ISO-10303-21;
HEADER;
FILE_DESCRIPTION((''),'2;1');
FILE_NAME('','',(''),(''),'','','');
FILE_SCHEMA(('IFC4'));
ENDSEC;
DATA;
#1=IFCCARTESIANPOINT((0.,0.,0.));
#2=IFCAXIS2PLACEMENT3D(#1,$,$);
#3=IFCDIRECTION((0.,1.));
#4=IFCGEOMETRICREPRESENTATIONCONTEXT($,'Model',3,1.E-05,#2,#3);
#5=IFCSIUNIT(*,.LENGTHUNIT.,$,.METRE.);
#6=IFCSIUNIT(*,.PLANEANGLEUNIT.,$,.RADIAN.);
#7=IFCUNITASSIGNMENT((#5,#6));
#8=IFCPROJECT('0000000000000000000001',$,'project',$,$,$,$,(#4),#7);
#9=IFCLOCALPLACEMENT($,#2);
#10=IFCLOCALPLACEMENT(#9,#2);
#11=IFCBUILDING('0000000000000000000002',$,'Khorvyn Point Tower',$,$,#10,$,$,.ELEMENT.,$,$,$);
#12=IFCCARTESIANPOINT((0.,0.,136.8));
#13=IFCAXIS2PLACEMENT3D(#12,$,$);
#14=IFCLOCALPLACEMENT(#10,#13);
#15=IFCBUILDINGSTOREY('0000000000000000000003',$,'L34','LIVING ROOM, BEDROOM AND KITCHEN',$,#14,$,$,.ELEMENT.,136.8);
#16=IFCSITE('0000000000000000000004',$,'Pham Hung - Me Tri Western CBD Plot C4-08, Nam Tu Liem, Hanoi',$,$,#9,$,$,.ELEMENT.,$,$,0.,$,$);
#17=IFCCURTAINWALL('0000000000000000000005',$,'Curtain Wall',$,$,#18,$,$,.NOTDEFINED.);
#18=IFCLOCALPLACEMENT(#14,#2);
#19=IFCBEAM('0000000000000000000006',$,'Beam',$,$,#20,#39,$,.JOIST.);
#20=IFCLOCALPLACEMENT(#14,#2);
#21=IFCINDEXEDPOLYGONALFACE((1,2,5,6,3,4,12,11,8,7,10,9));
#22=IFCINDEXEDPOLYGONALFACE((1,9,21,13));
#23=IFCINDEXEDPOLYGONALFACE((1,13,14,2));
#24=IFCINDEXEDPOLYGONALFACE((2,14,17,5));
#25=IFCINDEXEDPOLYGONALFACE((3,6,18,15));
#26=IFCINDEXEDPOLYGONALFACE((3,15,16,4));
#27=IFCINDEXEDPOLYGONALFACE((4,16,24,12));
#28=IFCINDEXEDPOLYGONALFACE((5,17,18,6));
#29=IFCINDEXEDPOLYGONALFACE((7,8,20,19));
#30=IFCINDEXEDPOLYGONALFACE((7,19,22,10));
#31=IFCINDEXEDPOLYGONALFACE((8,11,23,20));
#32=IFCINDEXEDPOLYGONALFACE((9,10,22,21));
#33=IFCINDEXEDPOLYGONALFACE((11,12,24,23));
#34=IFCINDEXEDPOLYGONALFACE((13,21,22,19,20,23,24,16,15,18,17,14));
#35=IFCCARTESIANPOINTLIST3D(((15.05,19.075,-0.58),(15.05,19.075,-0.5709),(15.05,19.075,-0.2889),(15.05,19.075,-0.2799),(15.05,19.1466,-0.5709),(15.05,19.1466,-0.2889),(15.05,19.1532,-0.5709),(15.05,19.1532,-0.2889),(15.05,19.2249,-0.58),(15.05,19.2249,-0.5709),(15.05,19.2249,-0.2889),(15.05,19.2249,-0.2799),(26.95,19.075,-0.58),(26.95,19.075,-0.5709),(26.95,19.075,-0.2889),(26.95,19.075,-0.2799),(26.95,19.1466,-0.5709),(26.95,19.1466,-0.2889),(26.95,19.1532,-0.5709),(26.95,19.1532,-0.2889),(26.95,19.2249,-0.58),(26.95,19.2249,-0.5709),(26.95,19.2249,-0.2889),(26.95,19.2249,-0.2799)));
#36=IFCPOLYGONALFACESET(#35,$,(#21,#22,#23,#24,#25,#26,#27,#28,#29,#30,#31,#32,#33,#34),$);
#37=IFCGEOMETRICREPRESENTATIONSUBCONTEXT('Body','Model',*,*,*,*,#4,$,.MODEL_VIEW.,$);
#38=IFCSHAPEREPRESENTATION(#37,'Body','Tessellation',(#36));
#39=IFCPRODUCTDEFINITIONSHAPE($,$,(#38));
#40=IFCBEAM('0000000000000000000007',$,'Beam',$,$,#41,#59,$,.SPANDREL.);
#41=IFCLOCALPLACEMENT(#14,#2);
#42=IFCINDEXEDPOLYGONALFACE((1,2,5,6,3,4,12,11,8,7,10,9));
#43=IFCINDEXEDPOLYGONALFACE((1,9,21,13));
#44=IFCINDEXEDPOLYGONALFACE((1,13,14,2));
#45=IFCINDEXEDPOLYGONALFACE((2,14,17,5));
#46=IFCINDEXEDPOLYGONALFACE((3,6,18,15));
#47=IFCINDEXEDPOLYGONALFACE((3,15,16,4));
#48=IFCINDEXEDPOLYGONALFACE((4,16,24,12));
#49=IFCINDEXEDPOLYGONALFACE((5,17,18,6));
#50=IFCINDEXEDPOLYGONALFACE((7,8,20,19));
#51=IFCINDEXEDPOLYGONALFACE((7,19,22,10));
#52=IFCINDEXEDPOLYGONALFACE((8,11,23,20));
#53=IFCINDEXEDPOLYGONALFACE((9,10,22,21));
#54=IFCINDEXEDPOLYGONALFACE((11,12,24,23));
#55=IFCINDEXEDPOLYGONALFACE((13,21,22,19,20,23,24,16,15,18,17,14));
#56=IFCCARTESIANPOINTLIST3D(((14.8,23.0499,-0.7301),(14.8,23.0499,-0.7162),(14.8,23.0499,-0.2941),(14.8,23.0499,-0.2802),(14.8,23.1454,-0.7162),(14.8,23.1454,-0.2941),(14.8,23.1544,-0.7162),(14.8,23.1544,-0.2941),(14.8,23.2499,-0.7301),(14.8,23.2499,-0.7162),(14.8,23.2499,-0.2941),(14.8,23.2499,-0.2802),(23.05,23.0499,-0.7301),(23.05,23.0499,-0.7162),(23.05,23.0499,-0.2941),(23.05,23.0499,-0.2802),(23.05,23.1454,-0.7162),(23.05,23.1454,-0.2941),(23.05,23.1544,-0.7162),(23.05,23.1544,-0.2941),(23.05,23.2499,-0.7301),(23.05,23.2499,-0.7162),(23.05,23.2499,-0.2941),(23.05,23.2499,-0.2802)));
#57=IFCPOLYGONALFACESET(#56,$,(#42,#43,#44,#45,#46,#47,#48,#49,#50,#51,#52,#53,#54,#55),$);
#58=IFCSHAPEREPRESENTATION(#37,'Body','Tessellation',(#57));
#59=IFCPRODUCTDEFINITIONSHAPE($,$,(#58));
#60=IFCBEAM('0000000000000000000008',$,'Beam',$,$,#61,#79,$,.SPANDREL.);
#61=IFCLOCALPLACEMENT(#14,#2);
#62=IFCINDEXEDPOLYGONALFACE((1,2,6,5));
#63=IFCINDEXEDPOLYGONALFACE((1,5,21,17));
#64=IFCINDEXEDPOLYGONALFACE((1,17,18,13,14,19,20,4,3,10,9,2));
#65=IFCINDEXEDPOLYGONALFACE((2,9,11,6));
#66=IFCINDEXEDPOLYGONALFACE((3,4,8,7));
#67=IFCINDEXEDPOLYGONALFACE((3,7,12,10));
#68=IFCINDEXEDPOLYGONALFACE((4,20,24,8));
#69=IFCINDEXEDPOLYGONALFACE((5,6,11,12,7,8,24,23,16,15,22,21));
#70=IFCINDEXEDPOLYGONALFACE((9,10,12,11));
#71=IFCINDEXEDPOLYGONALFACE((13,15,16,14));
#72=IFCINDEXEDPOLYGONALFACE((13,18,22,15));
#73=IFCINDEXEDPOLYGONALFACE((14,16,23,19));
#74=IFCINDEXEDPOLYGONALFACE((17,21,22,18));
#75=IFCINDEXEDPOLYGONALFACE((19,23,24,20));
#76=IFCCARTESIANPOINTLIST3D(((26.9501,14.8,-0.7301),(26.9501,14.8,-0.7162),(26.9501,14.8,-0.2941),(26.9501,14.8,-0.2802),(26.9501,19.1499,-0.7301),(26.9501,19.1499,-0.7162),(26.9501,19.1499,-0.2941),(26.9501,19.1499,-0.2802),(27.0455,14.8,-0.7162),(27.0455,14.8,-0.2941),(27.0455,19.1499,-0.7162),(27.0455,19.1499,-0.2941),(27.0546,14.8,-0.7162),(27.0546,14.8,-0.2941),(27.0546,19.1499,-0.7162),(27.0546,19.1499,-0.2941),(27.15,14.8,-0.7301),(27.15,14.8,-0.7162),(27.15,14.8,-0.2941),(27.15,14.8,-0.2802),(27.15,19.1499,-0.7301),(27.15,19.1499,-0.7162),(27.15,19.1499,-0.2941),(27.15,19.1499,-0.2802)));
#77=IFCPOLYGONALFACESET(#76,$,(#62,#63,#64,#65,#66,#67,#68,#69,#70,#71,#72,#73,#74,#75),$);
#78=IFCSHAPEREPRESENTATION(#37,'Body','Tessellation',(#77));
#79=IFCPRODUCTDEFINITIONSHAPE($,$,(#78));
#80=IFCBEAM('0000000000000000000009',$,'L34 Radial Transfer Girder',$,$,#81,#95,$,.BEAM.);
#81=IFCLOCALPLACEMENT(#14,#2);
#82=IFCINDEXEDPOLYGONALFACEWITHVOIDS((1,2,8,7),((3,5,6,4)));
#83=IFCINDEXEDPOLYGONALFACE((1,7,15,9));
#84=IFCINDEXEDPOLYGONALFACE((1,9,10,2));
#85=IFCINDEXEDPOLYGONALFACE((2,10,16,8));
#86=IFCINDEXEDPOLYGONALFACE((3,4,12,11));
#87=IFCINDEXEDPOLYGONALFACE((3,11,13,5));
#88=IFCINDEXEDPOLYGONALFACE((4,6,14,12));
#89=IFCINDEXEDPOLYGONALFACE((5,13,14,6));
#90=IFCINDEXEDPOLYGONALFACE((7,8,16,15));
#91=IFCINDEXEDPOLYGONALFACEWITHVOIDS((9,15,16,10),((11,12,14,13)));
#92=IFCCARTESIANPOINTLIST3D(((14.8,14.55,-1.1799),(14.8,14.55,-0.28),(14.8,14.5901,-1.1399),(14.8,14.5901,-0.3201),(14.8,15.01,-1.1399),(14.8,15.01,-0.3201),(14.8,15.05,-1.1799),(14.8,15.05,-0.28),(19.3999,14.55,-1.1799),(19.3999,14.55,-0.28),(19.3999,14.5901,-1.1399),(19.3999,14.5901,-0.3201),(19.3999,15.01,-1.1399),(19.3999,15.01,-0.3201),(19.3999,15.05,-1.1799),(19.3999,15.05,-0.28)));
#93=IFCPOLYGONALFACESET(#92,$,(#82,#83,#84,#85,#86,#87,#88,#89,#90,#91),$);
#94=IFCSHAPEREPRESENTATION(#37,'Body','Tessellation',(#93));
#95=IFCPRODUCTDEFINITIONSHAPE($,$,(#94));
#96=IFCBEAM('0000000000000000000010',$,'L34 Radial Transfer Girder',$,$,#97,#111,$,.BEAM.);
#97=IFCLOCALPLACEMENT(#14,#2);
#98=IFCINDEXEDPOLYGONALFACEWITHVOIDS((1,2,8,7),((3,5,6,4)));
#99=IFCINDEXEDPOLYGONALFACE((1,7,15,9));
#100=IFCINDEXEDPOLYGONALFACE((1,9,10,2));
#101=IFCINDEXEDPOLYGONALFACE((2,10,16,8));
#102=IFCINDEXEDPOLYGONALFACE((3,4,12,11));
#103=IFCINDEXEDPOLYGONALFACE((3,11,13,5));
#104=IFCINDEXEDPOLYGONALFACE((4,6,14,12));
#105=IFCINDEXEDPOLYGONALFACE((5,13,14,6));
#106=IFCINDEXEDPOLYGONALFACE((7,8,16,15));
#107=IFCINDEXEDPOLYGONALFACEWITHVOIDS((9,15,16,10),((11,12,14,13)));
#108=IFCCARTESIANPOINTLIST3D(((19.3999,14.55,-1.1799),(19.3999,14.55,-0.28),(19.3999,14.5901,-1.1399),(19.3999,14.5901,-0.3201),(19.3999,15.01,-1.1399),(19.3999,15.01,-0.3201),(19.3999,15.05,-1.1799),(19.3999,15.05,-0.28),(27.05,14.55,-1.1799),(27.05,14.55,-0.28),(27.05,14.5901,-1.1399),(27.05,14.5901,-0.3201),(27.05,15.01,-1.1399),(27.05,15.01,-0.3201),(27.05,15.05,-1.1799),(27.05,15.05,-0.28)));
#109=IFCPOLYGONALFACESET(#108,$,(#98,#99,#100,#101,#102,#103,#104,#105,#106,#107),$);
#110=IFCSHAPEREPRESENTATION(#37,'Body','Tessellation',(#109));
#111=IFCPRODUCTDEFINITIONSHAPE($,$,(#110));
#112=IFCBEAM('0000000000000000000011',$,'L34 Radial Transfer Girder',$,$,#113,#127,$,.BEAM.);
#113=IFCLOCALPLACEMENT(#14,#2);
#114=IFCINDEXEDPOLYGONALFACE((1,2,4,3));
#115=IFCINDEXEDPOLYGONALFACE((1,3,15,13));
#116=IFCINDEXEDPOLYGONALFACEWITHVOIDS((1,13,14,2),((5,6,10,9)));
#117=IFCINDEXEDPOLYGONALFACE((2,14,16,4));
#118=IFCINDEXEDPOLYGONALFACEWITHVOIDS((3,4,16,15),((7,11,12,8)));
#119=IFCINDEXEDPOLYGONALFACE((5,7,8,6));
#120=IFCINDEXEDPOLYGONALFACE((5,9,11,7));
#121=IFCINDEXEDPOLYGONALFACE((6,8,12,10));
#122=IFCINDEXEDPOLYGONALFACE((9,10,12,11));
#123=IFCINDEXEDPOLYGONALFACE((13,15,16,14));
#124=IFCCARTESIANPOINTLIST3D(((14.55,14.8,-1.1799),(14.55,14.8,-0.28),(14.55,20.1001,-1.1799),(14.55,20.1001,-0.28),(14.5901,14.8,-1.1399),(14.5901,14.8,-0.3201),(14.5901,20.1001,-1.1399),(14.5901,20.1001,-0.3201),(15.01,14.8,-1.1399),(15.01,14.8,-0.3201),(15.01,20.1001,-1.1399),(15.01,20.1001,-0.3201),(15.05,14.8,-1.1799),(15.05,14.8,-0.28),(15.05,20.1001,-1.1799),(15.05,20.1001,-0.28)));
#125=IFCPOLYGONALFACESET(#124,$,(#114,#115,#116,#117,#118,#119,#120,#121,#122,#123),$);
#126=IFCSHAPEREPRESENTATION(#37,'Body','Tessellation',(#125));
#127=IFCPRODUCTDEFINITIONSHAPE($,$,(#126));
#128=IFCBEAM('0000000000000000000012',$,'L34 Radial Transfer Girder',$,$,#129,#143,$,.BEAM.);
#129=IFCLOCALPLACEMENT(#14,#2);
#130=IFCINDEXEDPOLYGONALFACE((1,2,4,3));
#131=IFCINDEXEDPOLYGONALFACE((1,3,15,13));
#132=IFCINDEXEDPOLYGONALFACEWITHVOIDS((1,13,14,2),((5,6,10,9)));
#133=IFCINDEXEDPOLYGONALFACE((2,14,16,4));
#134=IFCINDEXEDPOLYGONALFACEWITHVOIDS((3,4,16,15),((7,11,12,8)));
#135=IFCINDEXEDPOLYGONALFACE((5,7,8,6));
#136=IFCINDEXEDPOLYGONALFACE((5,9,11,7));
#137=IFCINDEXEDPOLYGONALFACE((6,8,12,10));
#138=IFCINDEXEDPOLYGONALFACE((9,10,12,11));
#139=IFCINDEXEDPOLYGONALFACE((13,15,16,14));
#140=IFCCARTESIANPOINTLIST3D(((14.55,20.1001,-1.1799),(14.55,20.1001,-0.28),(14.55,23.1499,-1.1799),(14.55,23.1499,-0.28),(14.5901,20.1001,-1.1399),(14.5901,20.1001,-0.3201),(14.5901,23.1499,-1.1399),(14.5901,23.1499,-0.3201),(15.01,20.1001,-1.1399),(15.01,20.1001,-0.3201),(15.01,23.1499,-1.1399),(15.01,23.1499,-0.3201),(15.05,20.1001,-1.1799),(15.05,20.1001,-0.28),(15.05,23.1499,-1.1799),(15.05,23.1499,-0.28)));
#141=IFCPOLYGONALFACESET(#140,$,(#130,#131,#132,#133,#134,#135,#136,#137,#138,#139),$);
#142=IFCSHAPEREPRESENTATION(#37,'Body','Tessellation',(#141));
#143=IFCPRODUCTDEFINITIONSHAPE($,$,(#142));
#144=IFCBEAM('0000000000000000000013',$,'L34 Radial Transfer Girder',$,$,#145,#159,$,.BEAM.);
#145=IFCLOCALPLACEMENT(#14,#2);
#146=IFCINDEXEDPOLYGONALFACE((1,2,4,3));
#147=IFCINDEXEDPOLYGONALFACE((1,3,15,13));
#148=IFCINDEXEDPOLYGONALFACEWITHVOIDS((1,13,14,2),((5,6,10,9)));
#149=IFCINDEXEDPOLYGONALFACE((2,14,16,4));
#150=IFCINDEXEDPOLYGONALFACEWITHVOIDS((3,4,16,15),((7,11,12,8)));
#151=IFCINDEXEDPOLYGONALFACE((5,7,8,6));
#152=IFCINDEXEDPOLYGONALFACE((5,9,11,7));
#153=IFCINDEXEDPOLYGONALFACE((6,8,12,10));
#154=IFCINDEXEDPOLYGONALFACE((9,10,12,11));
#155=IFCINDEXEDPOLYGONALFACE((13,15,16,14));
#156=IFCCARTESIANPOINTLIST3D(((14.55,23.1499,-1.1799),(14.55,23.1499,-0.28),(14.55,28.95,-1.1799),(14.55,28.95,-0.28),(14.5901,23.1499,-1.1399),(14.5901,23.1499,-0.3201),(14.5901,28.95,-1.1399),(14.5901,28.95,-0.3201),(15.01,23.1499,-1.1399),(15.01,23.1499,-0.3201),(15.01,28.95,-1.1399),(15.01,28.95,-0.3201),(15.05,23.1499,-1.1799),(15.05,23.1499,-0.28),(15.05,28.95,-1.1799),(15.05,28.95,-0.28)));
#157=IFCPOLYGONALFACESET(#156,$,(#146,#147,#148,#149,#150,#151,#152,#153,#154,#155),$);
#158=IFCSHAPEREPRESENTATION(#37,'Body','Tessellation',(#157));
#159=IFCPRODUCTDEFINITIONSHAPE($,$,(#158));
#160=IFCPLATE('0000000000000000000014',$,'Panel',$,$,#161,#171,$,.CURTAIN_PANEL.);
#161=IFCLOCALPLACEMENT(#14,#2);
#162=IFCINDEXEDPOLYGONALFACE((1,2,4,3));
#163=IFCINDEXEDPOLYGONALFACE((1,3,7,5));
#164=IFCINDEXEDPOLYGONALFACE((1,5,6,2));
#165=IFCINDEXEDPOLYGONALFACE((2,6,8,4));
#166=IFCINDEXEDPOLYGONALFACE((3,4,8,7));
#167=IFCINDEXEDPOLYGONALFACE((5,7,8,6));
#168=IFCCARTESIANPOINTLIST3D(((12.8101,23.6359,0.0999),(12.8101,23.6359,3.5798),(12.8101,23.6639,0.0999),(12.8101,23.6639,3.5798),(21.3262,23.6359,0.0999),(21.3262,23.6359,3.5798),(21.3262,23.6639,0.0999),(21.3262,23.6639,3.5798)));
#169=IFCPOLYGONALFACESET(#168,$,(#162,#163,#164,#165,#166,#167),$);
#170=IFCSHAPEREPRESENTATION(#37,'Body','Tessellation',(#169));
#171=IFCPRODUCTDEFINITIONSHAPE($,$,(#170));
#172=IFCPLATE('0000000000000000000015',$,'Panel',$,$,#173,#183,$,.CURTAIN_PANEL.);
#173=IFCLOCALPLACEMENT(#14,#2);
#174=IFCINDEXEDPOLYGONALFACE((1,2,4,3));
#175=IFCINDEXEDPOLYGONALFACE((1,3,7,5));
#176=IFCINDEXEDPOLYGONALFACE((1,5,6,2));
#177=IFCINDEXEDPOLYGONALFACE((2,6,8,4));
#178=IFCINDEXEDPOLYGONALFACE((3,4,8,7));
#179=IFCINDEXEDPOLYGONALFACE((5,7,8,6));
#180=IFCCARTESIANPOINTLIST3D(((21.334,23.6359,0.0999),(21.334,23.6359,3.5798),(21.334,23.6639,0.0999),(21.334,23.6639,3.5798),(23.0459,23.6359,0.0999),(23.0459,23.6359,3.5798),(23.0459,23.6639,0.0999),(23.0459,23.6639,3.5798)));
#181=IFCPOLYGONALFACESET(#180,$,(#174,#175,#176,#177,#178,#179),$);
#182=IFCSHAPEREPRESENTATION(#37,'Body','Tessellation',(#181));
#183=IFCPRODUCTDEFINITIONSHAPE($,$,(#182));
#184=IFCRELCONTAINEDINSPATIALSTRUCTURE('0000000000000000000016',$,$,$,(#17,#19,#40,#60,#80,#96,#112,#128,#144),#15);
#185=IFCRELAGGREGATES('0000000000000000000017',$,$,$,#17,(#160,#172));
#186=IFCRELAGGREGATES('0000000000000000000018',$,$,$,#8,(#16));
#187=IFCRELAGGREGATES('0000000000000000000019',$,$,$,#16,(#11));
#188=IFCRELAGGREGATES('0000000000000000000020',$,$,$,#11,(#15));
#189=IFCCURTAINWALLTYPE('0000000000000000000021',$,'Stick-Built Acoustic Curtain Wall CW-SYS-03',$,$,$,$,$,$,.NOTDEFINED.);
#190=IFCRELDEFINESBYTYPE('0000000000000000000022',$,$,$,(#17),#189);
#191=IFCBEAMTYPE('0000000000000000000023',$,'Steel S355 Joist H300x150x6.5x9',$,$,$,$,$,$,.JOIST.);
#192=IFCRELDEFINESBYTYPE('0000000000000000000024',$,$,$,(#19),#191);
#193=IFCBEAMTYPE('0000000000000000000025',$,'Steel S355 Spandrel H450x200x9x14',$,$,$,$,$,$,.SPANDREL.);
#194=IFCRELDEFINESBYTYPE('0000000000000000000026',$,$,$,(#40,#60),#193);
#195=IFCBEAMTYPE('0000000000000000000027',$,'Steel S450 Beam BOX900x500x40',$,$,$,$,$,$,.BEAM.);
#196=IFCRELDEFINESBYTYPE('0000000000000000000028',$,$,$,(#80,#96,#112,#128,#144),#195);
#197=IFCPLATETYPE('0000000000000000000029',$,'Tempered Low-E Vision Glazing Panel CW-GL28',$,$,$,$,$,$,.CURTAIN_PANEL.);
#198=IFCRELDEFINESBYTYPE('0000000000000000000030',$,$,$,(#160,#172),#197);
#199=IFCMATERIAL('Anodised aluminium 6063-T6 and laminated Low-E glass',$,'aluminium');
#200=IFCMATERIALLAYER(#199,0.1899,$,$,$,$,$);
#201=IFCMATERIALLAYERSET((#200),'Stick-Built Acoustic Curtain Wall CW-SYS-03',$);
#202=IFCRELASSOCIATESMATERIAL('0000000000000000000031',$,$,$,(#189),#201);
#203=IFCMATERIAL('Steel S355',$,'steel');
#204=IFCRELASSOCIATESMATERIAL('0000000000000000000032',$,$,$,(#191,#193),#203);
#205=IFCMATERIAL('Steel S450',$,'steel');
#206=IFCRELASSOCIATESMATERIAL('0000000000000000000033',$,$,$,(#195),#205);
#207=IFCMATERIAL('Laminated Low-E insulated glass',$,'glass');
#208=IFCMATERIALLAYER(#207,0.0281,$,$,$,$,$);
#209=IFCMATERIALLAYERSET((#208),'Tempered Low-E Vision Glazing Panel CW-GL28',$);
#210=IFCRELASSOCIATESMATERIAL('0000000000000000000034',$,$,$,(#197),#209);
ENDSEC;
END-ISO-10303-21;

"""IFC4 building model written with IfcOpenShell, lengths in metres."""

from ifc_helpers import new_model, si_unit, direction, frame, origin, origin_2d, place, context, subcontext, project, spatial, rectangle, hollow_rectangle, i_section, extrude, material, layer, layer_set, material_profile, profile_set, type_object, element, aggregate, save


model = new_model("IFC4")

# Units and contexts
model_context = context("Model", 3, precision=1e-05, world=origin(), true_north=direction((0.0, 1.0)))
body_context = subcontext(model_context, "Body", "Model", "MODEL_VIEW")
ifc_project = project(units=[si_unit("LENGTHUNIT", "METRE"), si_unit("PLANEANGLEUNIT", "RADIAN")], contexts=[model_context])

# Site, building, storey
site_placement = place(None, origin())
site = spatial("IfcSite", under=ifc_project, at=site_placement, Name="Pham Hung - Me Tri Western CBD Plot C4-08, Nam Tu Liem, Hanoi", CompositionType="ELEMENT", RefElevation=0.0)
building_placement = place(site_placement, origin())
building = spatial("IfcBuilding", under=site, at=building_placement, Name="Khorvyn Point Tower", CompositionType="ELEMENT")
storey_placement = place(building_placement, frame((0.0, 0.0, 136.8)))
storey = spatial("IfcBuildingStorey", under=building, at=storey_placement, Name="L34", Description="LIVING ROOM, BEDROOM AND KITCHEN", CompositionType="ELEMENT", Elevation=136.8)

# Shared definitions
ifc_material_1 = material(Name="Steel S450", Category="steel")

# Curtain wall
ifc_material_2 = material(Name="Anodised aluminium 6063-T6 and laminated Low-E glass", Category="aluminium")
ifc_layer_1 = layer(ifc_material_2, 0.1899)
ifc_layer_set_1 = layer_set([ifc_layer_1], Name="Stick-Built Acoustic Curtain Wall CW-SYS-03")
curtain_wall_type = type_object("IfcCurtainWallType", Name="Stick-Built Acoustic Curtain Wall CW-SYS-03", PredefinedType="NOTDEFINED", material=ifc_layer_set_1)
curtain_wall_1_placement = place(storey_placement, origin())
curtain_wall_1 = element("IfcCurtainWall", 1, at=curtain_wall_1_placement, inside=storey, type_object=curtain_wall_type, Name="Curtain Wall", PredefinedType="NOTDEFINED")

# Beams
ifc_material_3 = material(Name="Steel S355", Category="steel")
ifc_material_profile_1 = material_profile(ifc_material_3, i_section(OverallWidth=0.1499, OverallDepth=0.3, WebThickness=0.0066, FlangeThickness=0.009, at=origin_2d()))
ifc_profile_set_1 = profile_set([ifc_material_profile_1], Name="Steel S355 H300x150x6.5x9")
beam_type_1 = type_object("IfcBeamType", Name="Steel S355 Joist H300x150x6.5x9", PredefinedType="JOIST", material=ifc_profile_set_1)
beam_1_placement = place(storey_placement, frame((15.05, 19.1499, -0.4299), z_axis=(1.0, 0.0, 0.0), x_axis=(0.0, 1.0, 0.0)))
element("IfcBeam", 2, at=beam_1_placement, inside=storey, type_object=beam_type_1, Name="Beam", PredefinedType="JOIST", context=body_context, shape_type="SweptSolid", body=[
    extrude(i_section(OverallWidth=0.1499, OverallDepth=0.3, WebThickness=0.0066, FlangeThickness=0.009, at=origin_2d()), origin(), (0.0, 0.0, 1.0), 11.8999),
])
ifc_material_profile_2 = material_profile(ifc_material_3, i_section(OverallWidth=0.2, OverallDepth=0.45, WebThickness=0.009, FlangeThickness=0.0139, at=origin_2d()))
ifc_profile_set_2 = profile_set([ifc_material_profile_2], Name="Steel S355 H450x200x9x14")
beam_type_2 = type_object("IfcBeamType", Name="Steel S355 Spandrel H450x200x9x14", PredefinedType="SPANDREL", material=ifc_profile_set_2)
beam_2_placement = place(storey_placement, frame((14.8, 23.1499, -0.5051), z_axis=(1.0, 0.0, 0.0), x_axis=(0.0, 1.0, 0.0)))
element("IfcBeam", 3, at=beam_2_placement, inside=storey, type_object=beam_type_2, Name="Beam", PredefinedType="SPANDREL", context=body_context, shape_type="SweptSolid", body=[
    extrude(i_section(OverallWidth=0.2, OverallDepth=0.45, WebThickness=0.009, FlangeThickness=0.0139, at=origin_2d()), origin(), (0.0, 0.0, 1.0), 8.25),
])
beam_3_placement = place(storey_placement, frame((27.05, 14.8, -0.5051), z_axis=(0.0, 1.0, 0.0), x_axis=(-1.0, 0.0, 0.0)))
element("IfcBeam", 4, at=beam_3_placement, inside=storey, type_object=beam_type_2, Name="Beam", PredefinedType="SPANDREL", context=body_context, shape_type="SweptSolid", body=[
    extrude(i_section(OverallWidth=0.2, OverallDepth=0.45, WebThickness=0.009, FlangeThickness=0.0139, at=origin_2d()), origin(), (0.0, 0.0, 1.0), 4.3499),
])
ifc_material_profile_3 = material_profile(ifc_material_1, hollow_rectangle(XDim=0.5, YDim=0.8999, WallThickness=0.04, at=origin_2d()))
ifc_profile_set_3 = profile_set([ifc_material_profile_3], Name="Steel S450 BOX900x500x40")
beam_type_3 = type_object("IfcBeamType", Name="Steel S450 Beam BOX900x500x40", PredefinedType="BEAM", material=ifc_profile_set_3)
beam_4_placement = place(storey_placement, frame((14.8, 14.8, -0.73), z_axis=(1.0, 0.0, 0.0), x_axis=(0.0, 1.0, 0.0)))
element("IfcBeam", 5, at=beam_4_placement, inside=storey, type_object=beam_type_3, Name="L34 Radial Transfer Girder", PredefinedType="BEAM", context=body_context, shape_type="SweptSolid", body=[
    extrude(hollow_rectangle(XDim=0.5, YDim=0.8999, WallThickness=0.04, at=origin_2d()), origin(), (0.0, 0.0, 1.0), 4.5999),
])
beam_5_placement = place(storey_placement, frame((19.3999, 14.8, -0.73), z_axis=(1.0, 0.0, 0.0), x_axis=(0.0, 1.0, 0.0)))
element("IfcBeam", 6, at=beam_5_placement, inside=storey, type_object=beam_type_3, Name="L34 Radial Transfer Girder", PredefinedType="BEAM", context=body_context, shape_type="SweptSolid", body=[
    extrude(hollow_rectangle(XDim=0.5, YDim=0.8999, WallThickness=0.04, at=origin_2d()), origin(), (0.0, 0.0, 1.0), 7.6501),
])
beam_6_placement = place(storey_placement, frame((14.8, 14.8, -0.73), z_axis=(0.0, 1.0, 0.0), x_axis=(-1.0, 0.0, 0.0)))
element("IfcBeam", 7, at=beam_6_placement, inside=storey, type_object=beam_type_3, Name="L34 Radial Transfer Girder", PredefinedType="BEAM", context=body_context, shape_type="SweptSolid", body=[
    extrude(hollow_rectangle(XDim=0.5, YDim=0.8999, WallThickness=0.04, at=origin_2d()), origin(), (0.0, 0.0, 1.0), 5.3),
])
beam_7_placement = place(storey_placement, frame((14.8, 20.1001, -0.73), z_axis=(0.0, 1.0, 0.0), x_axis=(-1.0, 0.0, 0.0)))
element("IfcBeam", 8, at=beam_7_placement, inside=storey, type_object=beam_type_3, Name="L34 Radial Transfer Girder", PredefinedType="BEAM", context=body_context, shape_type="SweptSolid", body=[
    extrude(hollow_rectangle(XDim=0.5, YDim=0.8999, WallThickness=0.04, at=origin_2d()), origin(), (0.0, 0.0, 1.0), 3.0498),
])
beam_8_placement = place(storey_placement, frame((14.8, 23.1499, -0.73), z_axis=(0.0, 1.0, 0.0), x_axis=(-1.0, 0.0, 0.0)))
element("IfcBeam", 9, at=beam_8_placement, inside=storey, type_object=beam_type_3, Name="L34 Radial Transfer Girder", PredefinedType="BEAM", context=body_context, shape_type="SweptSolid", body=[
    extrude(hollow_rectangle(XDim=0.5, YDim=0.8999, WallThickness=0.04, at=origin_2d()), origin(), (0.0, 0.0, 1.0), 5.8),
])

# Plates
ifc_material_4 = material(Name="Laminated Low-E insulated glass", Category="glass")
ifc_layer_2 = layer(ifc_material_4, 0.0281)
ifc_layer_set_2 = layer_set([ifc_layer_2], Name="Tempered Low-E Vision Glazing Panel CW-GL28")
plate_type = type_object("IfcPlateType", Name="Tempered Low-E Vision Glazing Panel CW-GL28", PredefinedType="CURTAIN_PANEL", material=ifc_layer_set_2)
plate_1_placement = place(storey_placement, frame((17.0681, 23.6499, 0.0999), z_axis=(0.0, 0.0, 1.0), x_axis=(1.0, 0.0, 0.0)))
plate_1 = element("IfcPlate", 10, at=plate_1_placement, type_object=plate_type, Name="Panel", PredefinedType="CURTAIN_PANEL", context=body_context, shape_type="SweptSolid", body=[
    extrude(rectangle(XDim=8.5161, YDim=0.0281, at=origin_2d()), origin(), (0.0, 0.0, 1.0), 3.48),
])
plate_2_placement = place(storey_placement, frame((22.1899, 23.6499, 0.0999), z_axis=(0.0, 0.0, 1.0), x_axis=(1.0, 0.0, 0.0)))
plate_2 = element("IfcPlate", 11, at=plate_2_placement, type_object=plate_type, Name="Panel", PredefinedType="CURTAIN_PANEL", context=body_context, shape_type="SweptSolid", body=[
    extrude(rectangle(XDim=1.7119, YDim=0.0281, at=origin_2d()), origin(), (0.0, 0.0, 1.0), 3.48),
])
aggregate(curtain_wall_1, [plate_1, plate_2])

save(model, "model.ifc")
